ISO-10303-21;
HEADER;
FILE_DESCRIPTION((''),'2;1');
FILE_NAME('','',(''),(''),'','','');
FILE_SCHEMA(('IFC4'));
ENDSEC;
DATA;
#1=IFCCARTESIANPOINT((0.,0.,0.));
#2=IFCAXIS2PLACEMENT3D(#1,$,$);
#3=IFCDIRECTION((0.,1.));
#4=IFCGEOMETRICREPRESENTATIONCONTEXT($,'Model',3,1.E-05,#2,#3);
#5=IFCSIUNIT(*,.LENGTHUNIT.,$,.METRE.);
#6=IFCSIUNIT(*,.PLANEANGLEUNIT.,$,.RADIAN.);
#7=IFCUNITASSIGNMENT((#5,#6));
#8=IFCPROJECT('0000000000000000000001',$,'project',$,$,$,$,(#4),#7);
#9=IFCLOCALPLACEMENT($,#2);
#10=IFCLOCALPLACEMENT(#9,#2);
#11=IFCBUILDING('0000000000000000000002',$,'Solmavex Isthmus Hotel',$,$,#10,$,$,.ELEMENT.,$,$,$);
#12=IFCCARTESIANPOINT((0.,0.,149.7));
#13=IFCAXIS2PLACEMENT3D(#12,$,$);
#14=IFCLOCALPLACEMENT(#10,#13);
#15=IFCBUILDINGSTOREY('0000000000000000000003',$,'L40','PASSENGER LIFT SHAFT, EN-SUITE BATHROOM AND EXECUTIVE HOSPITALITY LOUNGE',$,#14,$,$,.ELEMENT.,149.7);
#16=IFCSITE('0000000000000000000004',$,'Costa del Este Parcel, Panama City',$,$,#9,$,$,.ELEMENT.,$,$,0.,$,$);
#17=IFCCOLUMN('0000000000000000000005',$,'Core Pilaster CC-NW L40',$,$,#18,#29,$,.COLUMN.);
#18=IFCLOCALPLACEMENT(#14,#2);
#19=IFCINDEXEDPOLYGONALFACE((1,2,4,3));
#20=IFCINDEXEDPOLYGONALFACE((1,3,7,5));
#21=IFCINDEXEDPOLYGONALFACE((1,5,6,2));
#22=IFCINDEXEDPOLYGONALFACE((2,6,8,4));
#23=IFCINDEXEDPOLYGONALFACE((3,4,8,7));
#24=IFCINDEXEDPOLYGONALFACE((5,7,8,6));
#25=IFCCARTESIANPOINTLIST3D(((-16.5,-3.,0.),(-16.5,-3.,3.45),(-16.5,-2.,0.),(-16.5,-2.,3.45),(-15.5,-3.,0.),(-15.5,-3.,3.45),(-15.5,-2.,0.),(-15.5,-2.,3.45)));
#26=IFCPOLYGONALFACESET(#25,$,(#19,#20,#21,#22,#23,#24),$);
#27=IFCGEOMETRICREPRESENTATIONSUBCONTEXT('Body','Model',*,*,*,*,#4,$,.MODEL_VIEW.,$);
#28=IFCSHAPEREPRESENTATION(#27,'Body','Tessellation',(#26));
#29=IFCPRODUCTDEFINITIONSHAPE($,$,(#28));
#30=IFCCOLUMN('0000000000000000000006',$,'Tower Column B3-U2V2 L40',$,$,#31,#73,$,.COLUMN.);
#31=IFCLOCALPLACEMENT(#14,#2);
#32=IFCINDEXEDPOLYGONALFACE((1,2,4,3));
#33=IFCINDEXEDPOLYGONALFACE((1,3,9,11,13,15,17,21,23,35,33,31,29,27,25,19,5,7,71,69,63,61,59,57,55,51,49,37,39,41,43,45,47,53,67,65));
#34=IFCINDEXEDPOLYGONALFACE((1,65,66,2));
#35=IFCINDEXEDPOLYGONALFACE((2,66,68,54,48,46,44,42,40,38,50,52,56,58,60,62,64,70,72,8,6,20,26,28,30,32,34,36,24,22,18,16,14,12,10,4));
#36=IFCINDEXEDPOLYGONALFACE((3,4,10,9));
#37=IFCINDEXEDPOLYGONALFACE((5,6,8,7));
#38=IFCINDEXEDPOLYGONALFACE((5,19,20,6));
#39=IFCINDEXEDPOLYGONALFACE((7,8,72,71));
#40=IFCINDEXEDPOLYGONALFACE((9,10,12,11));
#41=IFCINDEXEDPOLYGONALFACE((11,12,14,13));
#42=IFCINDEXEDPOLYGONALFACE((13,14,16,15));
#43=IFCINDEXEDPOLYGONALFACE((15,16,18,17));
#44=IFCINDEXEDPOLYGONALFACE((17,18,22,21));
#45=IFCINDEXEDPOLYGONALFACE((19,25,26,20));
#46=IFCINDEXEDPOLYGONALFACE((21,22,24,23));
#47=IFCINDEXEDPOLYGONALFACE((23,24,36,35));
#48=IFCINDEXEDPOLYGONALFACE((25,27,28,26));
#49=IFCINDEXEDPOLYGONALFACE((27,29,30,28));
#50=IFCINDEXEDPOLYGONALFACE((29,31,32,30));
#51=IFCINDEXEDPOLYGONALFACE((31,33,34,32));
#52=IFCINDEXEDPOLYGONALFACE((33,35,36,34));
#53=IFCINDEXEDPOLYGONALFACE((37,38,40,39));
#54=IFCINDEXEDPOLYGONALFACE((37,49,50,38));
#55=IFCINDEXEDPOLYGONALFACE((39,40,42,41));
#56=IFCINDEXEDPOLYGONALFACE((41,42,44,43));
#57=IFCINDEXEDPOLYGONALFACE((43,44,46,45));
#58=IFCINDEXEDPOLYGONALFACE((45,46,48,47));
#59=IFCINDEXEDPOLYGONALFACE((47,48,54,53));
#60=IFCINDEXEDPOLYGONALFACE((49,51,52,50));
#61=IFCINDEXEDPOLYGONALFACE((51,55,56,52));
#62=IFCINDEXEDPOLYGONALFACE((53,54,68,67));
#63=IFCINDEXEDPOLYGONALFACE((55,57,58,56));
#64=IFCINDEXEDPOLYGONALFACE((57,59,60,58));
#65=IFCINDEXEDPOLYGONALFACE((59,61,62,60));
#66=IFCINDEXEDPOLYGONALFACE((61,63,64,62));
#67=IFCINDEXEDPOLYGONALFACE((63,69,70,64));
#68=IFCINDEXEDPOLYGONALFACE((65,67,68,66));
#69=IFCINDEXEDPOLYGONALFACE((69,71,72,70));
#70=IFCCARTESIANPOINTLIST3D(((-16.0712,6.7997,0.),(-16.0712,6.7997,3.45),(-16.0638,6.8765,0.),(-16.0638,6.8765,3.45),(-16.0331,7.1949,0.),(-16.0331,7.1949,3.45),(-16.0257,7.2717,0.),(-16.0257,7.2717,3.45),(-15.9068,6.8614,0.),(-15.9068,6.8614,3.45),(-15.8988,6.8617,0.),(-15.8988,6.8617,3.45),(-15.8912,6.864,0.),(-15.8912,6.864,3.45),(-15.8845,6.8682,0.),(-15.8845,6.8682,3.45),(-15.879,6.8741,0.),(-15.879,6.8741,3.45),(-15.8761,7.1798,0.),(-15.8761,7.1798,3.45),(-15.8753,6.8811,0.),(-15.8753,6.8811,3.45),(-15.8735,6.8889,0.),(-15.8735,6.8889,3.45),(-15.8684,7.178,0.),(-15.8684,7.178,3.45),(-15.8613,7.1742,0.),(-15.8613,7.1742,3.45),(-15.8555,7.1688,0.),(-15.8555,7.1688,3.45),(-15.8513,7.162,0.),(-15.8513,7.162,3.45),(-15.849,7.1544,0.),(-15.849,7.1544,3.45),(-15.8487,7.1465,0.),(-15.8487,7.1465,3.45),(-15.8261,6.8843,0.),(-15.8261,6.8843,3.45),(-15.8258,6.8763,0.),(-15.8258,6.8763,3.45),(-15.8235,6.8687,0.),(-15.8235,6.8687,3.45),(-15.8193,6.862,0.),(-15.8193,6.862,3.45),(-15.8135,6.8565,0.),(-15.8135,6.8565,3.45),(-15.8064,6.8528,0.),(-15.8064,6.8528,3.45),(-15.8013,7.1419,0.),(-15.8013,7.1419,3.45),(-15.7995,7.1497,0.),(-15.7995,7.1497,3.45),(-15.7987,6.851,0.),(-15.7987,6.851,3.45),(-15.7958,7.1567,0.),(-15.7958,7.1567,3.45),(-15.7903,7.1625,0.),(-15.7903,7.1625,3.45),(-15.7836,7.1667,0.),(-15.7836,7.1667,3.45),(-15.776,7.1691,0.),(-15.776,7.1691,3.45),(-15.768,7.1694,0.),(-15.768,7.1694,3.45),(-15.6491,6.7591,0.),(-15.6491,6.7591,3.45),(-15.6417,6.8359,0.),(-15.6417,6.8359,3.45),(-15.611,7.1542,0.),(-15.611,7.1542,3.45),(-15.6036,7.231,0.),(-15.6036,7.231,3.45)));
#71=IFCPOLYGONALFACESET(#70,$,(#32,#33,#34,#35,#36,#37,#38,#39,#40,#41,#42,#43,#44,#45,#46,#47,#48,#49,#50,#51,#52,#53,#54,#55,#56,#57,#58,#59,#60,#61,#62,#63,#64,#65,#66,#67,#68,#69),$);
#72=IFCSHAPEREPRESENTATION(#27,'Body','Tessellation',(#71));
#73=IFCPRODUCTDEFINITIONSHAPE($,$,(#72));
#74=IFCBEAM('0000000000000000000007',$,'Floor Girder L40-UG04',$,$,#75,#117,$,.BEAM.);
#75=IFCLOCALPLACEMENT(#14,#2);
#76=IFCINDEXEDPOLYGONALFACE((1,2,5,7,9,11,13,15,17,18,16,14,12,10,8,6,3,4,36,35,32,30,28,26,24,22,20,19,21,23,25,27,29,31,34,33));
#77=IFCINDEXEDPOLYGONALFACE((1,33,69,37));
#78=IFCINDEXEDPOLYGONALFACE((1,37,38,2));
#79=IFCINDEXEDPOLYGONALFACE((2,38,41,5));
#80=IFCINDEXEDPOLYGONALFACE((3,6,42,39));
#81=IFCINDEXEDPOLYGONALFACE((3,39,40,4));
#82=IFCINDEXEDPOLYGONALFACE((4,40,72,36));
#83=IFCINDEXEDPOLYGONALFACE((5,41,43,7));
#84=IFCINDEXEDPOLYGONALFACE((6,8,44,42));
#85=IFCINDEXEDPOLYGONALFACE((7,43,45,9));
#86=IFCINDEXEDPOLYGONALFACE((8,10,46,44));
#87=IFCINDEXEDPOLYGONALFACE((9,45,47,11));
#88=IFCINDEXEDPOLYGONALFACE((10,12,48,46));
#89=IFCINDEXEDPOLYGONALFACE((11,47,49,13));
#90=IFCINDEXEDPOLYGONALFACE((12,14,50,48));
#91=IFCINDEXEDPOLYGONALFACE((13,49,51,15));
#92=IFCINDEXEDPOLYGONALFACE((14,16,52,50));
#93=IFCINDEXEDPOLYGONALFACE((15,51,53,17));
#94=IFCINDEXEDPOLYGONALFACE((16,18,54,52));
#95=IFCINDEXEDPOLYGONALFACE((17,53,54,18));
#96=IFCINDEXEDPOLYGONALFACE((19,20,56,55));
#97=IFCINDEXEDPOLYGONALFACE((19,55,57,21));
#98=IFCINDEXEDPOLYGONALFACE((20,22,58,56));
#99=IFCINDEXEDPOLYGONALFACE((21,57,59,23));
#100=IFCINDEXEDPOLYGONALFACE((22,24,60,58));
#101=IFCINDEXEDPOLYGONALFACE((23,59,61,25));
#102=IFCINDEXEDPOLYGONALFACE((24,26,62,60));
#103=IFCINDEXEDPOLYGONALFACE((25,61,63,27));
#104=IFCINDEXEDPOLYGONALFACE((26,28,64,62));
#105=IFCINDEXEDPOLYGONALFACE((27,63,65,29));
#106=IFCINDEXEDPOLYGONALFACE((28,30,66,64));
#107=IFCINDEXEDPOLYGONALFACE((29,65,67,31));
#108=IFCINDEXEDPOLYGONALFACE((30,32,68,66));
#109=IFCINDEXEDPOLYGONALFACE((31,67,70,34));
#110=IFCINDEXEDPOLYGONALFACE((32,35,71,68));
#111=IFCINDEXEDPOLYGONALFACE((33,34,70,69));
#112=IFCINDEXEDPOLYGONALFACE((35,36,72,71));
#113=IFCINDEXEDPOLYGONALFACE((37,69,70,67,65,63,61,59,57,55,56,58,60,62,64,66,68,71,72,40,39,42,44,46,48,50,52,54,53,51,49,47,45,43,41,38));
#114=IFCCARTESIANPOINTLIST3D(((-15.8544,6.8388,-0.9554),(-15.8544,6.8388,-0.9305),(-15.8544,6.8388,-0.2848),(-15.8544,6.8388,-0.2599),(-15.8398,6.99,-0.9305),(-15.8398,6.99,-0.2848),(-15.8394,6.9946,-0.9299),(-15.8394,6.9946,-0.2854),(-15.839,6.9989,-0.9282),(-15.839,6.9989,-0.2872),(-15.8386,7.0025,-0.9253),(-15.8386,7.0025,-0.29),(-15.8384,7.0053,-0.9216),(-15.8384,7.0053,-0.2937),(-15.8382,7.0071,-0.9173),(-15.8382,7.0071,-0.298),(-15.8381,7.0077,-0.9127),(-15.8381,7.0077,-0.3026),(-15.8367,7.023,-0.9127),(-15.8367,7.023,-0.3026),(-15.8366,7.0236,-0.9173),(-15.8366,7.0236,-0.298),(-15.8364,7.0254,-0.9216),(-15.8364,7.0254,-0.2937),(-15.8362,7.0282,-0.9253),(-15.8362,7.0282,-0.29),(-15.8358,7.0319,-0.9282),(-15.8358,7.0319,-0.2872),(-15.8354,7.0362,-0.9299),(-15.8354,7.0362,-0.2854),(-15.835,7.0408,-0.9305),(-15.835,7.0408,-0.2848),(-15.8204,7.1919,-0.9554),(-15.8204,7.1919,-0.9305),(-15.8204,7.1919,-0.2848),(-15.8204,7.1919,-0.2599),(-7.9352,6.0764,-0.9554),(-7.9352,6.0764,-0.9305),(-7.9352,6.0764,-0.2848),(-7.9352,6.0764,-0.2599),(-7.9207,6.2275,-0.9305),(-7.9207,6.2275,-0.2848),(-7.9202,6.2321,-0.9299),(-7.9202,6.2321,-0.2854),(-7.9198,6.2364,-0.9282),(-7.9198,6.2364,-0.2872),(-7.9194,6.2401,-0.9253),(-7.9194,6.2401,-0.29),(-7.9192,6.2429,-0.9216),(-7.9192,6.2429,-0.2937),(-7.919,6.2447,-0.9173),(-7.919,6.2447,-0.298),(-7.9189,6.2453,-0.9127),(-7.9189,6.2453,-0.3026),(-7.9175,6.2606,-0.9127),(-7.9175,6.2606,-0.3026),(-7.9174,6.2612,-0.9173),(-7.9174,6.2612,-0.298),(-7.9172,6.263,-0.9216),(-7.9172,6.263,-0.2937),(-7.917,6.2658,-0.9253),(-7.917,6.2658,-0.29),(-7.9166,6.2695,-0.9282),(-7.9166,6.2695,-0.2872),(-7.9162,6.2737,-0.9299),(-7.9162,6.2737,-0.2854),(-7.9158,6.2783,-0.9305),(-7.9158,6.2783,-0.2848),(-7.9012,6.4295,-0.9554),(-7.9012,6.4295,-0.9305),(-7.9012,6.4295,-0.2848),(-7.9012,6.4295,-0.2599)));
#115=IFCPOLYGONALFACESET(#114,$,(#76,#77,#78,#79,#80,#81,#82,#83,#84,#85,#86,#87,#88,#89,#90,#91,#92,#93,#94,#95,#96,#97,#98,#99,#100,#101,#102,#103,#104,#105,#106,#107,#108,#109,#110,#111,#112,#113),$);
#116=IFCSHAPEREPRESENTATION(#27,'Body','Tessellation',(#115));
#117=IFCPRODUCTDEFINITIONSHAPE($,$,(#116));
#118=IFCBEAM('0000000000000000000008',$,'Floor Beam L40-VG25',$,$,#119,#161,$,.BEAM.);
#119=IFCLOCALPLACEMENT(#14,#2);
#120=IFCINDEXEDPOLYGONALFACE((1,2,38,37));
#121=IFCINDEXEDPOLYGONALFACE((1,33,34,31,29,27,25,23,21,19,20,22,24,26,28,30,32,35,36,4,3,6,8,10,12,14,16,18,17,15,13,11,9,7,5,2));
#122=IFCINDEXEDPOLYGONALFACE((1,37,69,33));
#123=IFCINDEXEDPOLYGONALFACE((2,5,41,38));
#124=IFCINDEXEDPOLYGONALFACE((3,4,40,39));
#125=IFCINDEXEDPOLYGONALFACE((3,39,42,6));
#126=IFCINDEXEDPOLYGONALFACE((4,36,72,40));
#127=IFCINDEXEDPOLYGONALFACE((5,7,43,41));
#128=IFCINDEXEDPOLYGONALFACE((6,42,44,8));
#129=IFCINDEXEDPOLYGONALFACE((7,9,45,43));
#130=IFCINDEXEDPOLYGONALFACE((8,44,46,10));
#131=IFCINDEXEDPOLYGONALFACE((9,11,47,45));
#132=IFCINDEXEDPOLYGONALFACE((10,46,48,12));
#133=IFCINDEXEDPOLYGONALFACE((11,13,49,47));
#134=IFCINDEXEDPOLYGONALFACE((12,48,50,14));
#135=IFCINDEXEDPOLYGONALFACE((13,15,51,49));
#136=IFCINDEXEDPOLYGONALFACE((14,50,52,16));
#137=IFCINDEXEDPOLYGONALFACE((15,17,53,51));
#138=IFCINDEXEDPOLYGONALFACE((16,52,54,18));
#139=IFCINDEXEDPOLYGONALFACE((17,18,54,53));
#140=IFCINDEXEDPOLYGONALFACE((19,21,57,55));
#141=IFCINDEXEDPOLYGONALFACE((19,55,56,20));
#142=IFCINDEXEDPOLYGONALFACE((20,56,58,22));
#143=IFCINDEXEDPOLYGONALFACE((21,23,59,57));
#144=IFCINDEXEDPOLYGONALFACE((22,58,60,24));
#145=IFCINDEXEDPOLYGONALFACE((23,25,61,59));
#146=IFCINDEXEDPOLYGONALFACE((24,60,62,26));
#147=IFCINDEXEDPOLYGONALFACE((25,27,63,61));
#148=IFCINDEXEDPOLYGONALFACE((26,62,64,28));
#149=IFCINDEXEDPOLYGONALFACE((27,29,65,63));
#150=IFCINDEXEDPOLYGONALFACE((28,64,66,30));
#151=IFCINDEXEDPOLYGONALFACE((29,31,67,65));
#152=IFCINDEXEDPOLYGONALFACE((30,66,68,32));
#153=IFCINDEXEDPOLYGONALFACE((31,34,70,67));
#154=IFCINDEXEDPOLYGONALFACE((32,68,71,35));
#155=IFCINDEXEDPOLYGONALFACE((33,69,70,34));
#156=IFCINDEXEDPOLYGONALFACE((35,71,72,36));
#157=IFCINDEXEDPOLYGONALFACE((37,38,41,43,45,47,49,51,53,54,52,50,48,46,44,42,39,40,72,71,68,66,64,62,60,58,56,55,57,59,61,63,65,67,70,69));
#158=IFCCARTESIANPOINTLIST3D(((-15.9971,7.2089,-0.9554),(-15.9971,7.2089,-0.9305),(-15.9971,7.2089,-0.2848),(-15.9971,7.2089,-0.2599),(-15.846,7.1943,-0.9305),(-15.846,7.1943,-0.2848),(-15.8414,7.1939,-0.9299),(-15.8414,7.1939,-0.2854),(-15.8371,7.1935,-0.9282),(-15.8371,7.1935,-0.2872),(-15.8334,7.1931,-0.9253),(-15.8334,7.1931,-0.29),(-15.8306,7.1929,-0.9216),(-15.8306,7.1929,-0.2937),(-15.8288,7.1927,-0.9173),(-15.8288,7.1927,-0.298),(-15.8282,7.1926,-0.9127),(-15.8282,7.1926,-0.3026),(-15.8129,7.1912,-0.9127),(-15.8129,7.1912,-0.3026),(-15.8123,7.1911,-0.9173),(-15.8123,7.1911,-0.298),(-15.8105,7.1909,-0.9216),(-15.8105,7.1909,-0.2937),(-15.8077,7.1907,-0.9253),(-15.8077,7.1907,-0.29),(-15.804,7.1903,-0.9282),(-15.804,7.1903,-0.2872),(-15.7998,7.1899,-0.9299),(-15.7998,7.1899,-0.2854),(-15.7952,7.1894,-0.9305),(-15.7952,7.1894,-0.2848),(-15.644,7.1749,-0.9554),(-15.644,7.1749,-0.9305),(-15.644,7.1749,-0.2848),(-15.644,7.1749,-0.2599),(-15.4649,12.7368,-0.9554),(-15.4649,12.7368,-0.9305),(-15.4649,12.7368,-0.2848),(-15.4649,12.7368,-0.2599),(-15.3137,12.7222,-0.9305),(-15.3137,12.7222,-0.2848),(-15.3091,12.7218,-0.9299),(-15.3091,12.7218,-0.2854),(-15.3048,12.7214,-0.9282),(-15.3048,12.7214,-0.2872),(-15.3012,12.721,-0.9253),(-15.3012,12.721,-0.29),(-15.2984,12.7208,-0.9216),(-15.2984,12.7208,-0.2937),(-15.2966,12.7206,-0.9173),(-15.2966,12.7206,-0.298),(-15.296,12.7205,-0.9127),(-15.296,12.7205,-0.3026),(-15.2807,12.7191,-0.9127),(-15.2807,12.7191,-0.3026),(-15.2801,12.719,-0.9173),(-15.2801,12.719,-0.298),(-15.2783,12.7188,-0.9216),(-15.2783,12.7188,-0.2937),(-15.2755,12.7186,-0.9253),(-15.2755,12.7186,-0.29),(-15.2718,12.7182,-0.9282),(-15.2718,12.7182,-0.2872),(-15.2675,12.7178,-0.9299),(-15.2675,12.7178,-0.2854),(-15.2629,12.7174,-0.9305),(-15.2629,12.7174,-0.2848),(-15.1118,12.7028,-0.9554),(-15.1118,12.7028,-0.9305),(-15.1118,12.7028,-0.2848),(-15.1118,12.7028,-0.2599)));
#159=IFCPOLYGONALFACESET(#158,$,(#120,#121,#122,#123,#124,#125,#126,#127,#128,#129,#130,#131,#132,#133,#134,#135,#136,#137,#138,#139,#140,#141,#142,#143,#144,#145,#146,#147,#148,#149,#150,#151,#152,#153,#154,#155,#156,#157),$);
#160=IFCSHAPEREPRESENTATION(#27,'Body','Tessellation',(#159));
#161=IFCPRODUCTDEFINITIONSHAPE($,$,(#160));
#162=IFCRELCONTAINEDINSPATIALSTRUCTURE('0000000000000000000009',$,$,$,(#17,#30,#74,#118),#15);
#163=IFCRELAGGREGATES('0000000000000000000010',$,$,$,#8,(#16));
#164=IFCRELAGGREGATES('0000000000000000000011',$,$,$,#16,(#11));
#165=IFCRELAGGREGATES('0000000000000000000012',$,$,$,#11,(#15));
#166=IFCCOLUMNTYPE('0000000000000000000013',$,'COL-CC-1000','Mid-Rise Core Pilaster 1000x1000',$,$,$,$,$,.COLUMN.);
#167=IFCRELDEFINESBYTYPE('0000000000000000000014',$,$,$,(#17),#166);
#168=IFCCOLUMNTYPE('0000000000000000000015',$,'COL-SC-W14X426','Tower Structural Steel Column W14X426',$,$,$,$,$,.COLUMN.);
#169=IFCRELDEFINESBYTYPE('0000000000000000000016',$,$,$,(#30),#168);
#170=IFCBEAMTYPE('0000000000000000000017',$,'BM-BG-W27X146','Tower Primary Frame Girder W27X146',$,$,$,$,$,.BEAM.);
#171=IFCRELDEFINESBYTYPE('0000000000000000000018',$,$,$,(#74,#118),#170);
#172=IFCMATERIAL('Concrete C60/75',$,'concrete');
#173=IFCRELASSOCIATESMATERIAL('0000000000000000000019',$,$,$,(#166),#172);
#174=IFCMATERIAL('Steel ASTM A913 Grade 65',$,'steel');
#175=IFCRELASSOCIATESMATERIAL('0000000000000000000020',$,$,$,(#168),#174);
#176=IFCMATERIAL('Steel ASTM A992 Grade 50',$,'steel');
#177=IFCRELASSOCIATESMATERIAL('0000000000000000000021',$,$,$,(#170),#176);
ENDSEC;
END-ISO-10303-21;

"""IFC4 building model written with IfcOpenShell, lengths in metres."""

from ifc_helpers import new_model, si_unit, direction, frame, origin, origin_2d, place, context, subcontext, project, spatial, rectangle, i_section, extrude, material, material_profile, profile_set, type_object, element, save


model = new_model("IFC4")

# Units and contexts
model_context = context("Model", 3, precision=1e-05, world=origin(), true_north=direction((0.0, 1.0)))
body_context = subcontext(model_context, "Body", "Model", "MODEL_VIEW")
ifc_project = project(units=[si_unit("LENGTHUNIT", "METRE"), si_unit("PLANEANGLEUNIT", "RADIAN")], contexts=[model_context])

# Site, building, storey
site_placement = place(None, origin())
site = spatial("IfcSite", under=ifc_project, at=site_placement, Name="Costa del Este Parcel, Panama City", CompositionType="ELEMENT", RefElevation=0.0)
building_placement = place(site_placement, origin())
building = spatial("IfcBuilding", under=site, at=building_placement, Name="Solmavex Isthmus Hotel", CompositionType="ELEMENT")
storey_placement = place(building_placement, frame((0.0, 0.0, 149.7)))
storey = spatial("IfcBuildingStorey", under=building, at=storey_placement, Name="L40", Description="PASSENGER LIFT SHAFT, EN-SUITE BATHROOM AND EXECUTIVE HOSPITALITY LOUNGE", CompositionType="ELEMENT", Elevation=149.7)

# Columns
ifc_material_1 = material(Name="Concrete C60/75", Category="concrete")
ifc_material_profile_1 = material_profile(ifc_material_1, rectangle(XDim=1.0, YDim=1.0, at=origin_2d()), Name="RC1000X1000")
ifc_profile_set_1 = profile_set([ifc_material_profile_1], Name="Concrete C60/75")
column_type_1 = type_object("IfcColumnType", Name="COL-CC-1000", Description="Mid-Rise Core Pilaster 1000x1000", PredefinedType="COLUMN", material=ifc_profile_set_1)
column_1_placement = place(storey_placement, frame((-16.0, -2.5, 0.0), z_axis=(0.0, 0.0, 1.0), x_axis=(1.0, 0.0, 0.0)))
element("IfcColumn", 1, at=column_1_placement, inside=storey, type_object=column_type_1, Name="Core Pilaster CC-NW L40", PredefinedType="COLUMN", context=body_context, shape_type="SweptSolid", body=[
    extrude(rectangle(XDim=1.0, YDim=1.0, at=origin_2d()), origin(), (0.0, 0.0, 1.0), 3.45),
])
ifc_material_2 = material(Name="Steel ASTM A913 Grade 65", Category="steel")
ifc_material_profile_2 = material_profile(ifc_material_2, i_section(OverallWidth=0.4241, OverallDepth=0.4741, WebThickness=0.0476, FlangeThickness=0.0771, FilletRadius=0.0305, at=origin_2d()), Name="W14X426")
ifc_profile_set_2 = profile_set([ifc_material_profile_2], Name="Steel ASTM A913 Grade 65")
column_type_2 = type_object("IfcColumnType", Name="COL-SC-W14X426", Description="Tower Structural Steel Column W14X426", PredefinedType="COLUMN", material=ifc_profile_set_2)
column_2_placement = place(storey_placement, frame((-15.8374, 7.0154, 0.0), z_axis=(0.0, 0.0, 1.0), x_axis=(0.995396, -0.095846, 0.0)))
element("IfcColumn", 2, at=column_2_placement, inside=storey, type_object=column_type_2, Name="Tower Column B3-U2V2 L40", PredefinedType="COLUMN", context=body_context, shape_type="SweptSolid", body=[
    extrude(i_section(OverallWidth=0.4241, OverallDepth=0.4741, WebThickness=0.0476, FlangeThickness=0.0771, FilletRadius=0.0305, at=origin_2d()), origin(), (0.0, 0.0, 1.0), 3.45),
])

# Beams
ifc_material_3 = material(Name="Steel ASTM A992 Grade 50", Category="steel")
ifc_material_profile_3 = material_profile(ifc_material_3, i_section(OverallWidth=0.3547, OverallDepth=0.6956, WebThickness=0.0154, FlangeThickness=0.0249, FilletRadius=0.0178, at=origin_2d()), Name="W27X146")
ifc_profile_set_3 = profile_set([ifc_material_profile_3], Name="Steel ASTM A992 Grade 50")
beam_type_1 = type_object("IfcBeamType", Name="BM-BG-W27X146", Description="Tower Primary Frame Girder W27X146", PredefinedType="BEAM", material=ifc_profile_set_3)
beam_1_placement = place(storey_placement, frame((-15.8374, 7.0154, -0.6077), z_axis=(0.995397, -0.095836, 0.0), x_axis=(0.095836, 0.995397, 0.0)))
element("IfcBeam", 3, at=beam_1_placement, inside=storey, type_object=beam_type_1, Name="Floor Girder L40-UG04", PredefinedType="BEAM", context=body_context, shape_type="SweptSolid", body=[
    extrude(i_section(OverallWidth=0.3547, OverallDepth=0.6956, WebThickness=0.0154, FlangeThickness=0.0249, FilletRadius=0.0178, at=origin_2d()), origin(), (0.0, 0.0, 1.0), 7.9558),
])
beam_2_placement = place(storey_placement, frame((-15.8206, 7.1919, -0.6077), z_axis=(0.095838, 0.995397, 0.0), x_axis=(-0.995397, 0.095838, 0.0)))
element("IfcBeam", 4, at=beam_2_placement, inside=storey, type_object=beam_type_1, Name="Floor Beam L40-VG25", PredefinedType="BEAM", context=body_context, shape_type="SweptSolid", body=[
    extrude(i_section(OverallWidth=0.3547, OverallDepth=0.6956, WebThickness=0.0154, FlangeThickness=0.0249, FilletRadius=0.0178, at=origin_2d()), origin(), (0.0, 0.0, 1.0), 5.5535),
])

save(model, "model.ifc")
